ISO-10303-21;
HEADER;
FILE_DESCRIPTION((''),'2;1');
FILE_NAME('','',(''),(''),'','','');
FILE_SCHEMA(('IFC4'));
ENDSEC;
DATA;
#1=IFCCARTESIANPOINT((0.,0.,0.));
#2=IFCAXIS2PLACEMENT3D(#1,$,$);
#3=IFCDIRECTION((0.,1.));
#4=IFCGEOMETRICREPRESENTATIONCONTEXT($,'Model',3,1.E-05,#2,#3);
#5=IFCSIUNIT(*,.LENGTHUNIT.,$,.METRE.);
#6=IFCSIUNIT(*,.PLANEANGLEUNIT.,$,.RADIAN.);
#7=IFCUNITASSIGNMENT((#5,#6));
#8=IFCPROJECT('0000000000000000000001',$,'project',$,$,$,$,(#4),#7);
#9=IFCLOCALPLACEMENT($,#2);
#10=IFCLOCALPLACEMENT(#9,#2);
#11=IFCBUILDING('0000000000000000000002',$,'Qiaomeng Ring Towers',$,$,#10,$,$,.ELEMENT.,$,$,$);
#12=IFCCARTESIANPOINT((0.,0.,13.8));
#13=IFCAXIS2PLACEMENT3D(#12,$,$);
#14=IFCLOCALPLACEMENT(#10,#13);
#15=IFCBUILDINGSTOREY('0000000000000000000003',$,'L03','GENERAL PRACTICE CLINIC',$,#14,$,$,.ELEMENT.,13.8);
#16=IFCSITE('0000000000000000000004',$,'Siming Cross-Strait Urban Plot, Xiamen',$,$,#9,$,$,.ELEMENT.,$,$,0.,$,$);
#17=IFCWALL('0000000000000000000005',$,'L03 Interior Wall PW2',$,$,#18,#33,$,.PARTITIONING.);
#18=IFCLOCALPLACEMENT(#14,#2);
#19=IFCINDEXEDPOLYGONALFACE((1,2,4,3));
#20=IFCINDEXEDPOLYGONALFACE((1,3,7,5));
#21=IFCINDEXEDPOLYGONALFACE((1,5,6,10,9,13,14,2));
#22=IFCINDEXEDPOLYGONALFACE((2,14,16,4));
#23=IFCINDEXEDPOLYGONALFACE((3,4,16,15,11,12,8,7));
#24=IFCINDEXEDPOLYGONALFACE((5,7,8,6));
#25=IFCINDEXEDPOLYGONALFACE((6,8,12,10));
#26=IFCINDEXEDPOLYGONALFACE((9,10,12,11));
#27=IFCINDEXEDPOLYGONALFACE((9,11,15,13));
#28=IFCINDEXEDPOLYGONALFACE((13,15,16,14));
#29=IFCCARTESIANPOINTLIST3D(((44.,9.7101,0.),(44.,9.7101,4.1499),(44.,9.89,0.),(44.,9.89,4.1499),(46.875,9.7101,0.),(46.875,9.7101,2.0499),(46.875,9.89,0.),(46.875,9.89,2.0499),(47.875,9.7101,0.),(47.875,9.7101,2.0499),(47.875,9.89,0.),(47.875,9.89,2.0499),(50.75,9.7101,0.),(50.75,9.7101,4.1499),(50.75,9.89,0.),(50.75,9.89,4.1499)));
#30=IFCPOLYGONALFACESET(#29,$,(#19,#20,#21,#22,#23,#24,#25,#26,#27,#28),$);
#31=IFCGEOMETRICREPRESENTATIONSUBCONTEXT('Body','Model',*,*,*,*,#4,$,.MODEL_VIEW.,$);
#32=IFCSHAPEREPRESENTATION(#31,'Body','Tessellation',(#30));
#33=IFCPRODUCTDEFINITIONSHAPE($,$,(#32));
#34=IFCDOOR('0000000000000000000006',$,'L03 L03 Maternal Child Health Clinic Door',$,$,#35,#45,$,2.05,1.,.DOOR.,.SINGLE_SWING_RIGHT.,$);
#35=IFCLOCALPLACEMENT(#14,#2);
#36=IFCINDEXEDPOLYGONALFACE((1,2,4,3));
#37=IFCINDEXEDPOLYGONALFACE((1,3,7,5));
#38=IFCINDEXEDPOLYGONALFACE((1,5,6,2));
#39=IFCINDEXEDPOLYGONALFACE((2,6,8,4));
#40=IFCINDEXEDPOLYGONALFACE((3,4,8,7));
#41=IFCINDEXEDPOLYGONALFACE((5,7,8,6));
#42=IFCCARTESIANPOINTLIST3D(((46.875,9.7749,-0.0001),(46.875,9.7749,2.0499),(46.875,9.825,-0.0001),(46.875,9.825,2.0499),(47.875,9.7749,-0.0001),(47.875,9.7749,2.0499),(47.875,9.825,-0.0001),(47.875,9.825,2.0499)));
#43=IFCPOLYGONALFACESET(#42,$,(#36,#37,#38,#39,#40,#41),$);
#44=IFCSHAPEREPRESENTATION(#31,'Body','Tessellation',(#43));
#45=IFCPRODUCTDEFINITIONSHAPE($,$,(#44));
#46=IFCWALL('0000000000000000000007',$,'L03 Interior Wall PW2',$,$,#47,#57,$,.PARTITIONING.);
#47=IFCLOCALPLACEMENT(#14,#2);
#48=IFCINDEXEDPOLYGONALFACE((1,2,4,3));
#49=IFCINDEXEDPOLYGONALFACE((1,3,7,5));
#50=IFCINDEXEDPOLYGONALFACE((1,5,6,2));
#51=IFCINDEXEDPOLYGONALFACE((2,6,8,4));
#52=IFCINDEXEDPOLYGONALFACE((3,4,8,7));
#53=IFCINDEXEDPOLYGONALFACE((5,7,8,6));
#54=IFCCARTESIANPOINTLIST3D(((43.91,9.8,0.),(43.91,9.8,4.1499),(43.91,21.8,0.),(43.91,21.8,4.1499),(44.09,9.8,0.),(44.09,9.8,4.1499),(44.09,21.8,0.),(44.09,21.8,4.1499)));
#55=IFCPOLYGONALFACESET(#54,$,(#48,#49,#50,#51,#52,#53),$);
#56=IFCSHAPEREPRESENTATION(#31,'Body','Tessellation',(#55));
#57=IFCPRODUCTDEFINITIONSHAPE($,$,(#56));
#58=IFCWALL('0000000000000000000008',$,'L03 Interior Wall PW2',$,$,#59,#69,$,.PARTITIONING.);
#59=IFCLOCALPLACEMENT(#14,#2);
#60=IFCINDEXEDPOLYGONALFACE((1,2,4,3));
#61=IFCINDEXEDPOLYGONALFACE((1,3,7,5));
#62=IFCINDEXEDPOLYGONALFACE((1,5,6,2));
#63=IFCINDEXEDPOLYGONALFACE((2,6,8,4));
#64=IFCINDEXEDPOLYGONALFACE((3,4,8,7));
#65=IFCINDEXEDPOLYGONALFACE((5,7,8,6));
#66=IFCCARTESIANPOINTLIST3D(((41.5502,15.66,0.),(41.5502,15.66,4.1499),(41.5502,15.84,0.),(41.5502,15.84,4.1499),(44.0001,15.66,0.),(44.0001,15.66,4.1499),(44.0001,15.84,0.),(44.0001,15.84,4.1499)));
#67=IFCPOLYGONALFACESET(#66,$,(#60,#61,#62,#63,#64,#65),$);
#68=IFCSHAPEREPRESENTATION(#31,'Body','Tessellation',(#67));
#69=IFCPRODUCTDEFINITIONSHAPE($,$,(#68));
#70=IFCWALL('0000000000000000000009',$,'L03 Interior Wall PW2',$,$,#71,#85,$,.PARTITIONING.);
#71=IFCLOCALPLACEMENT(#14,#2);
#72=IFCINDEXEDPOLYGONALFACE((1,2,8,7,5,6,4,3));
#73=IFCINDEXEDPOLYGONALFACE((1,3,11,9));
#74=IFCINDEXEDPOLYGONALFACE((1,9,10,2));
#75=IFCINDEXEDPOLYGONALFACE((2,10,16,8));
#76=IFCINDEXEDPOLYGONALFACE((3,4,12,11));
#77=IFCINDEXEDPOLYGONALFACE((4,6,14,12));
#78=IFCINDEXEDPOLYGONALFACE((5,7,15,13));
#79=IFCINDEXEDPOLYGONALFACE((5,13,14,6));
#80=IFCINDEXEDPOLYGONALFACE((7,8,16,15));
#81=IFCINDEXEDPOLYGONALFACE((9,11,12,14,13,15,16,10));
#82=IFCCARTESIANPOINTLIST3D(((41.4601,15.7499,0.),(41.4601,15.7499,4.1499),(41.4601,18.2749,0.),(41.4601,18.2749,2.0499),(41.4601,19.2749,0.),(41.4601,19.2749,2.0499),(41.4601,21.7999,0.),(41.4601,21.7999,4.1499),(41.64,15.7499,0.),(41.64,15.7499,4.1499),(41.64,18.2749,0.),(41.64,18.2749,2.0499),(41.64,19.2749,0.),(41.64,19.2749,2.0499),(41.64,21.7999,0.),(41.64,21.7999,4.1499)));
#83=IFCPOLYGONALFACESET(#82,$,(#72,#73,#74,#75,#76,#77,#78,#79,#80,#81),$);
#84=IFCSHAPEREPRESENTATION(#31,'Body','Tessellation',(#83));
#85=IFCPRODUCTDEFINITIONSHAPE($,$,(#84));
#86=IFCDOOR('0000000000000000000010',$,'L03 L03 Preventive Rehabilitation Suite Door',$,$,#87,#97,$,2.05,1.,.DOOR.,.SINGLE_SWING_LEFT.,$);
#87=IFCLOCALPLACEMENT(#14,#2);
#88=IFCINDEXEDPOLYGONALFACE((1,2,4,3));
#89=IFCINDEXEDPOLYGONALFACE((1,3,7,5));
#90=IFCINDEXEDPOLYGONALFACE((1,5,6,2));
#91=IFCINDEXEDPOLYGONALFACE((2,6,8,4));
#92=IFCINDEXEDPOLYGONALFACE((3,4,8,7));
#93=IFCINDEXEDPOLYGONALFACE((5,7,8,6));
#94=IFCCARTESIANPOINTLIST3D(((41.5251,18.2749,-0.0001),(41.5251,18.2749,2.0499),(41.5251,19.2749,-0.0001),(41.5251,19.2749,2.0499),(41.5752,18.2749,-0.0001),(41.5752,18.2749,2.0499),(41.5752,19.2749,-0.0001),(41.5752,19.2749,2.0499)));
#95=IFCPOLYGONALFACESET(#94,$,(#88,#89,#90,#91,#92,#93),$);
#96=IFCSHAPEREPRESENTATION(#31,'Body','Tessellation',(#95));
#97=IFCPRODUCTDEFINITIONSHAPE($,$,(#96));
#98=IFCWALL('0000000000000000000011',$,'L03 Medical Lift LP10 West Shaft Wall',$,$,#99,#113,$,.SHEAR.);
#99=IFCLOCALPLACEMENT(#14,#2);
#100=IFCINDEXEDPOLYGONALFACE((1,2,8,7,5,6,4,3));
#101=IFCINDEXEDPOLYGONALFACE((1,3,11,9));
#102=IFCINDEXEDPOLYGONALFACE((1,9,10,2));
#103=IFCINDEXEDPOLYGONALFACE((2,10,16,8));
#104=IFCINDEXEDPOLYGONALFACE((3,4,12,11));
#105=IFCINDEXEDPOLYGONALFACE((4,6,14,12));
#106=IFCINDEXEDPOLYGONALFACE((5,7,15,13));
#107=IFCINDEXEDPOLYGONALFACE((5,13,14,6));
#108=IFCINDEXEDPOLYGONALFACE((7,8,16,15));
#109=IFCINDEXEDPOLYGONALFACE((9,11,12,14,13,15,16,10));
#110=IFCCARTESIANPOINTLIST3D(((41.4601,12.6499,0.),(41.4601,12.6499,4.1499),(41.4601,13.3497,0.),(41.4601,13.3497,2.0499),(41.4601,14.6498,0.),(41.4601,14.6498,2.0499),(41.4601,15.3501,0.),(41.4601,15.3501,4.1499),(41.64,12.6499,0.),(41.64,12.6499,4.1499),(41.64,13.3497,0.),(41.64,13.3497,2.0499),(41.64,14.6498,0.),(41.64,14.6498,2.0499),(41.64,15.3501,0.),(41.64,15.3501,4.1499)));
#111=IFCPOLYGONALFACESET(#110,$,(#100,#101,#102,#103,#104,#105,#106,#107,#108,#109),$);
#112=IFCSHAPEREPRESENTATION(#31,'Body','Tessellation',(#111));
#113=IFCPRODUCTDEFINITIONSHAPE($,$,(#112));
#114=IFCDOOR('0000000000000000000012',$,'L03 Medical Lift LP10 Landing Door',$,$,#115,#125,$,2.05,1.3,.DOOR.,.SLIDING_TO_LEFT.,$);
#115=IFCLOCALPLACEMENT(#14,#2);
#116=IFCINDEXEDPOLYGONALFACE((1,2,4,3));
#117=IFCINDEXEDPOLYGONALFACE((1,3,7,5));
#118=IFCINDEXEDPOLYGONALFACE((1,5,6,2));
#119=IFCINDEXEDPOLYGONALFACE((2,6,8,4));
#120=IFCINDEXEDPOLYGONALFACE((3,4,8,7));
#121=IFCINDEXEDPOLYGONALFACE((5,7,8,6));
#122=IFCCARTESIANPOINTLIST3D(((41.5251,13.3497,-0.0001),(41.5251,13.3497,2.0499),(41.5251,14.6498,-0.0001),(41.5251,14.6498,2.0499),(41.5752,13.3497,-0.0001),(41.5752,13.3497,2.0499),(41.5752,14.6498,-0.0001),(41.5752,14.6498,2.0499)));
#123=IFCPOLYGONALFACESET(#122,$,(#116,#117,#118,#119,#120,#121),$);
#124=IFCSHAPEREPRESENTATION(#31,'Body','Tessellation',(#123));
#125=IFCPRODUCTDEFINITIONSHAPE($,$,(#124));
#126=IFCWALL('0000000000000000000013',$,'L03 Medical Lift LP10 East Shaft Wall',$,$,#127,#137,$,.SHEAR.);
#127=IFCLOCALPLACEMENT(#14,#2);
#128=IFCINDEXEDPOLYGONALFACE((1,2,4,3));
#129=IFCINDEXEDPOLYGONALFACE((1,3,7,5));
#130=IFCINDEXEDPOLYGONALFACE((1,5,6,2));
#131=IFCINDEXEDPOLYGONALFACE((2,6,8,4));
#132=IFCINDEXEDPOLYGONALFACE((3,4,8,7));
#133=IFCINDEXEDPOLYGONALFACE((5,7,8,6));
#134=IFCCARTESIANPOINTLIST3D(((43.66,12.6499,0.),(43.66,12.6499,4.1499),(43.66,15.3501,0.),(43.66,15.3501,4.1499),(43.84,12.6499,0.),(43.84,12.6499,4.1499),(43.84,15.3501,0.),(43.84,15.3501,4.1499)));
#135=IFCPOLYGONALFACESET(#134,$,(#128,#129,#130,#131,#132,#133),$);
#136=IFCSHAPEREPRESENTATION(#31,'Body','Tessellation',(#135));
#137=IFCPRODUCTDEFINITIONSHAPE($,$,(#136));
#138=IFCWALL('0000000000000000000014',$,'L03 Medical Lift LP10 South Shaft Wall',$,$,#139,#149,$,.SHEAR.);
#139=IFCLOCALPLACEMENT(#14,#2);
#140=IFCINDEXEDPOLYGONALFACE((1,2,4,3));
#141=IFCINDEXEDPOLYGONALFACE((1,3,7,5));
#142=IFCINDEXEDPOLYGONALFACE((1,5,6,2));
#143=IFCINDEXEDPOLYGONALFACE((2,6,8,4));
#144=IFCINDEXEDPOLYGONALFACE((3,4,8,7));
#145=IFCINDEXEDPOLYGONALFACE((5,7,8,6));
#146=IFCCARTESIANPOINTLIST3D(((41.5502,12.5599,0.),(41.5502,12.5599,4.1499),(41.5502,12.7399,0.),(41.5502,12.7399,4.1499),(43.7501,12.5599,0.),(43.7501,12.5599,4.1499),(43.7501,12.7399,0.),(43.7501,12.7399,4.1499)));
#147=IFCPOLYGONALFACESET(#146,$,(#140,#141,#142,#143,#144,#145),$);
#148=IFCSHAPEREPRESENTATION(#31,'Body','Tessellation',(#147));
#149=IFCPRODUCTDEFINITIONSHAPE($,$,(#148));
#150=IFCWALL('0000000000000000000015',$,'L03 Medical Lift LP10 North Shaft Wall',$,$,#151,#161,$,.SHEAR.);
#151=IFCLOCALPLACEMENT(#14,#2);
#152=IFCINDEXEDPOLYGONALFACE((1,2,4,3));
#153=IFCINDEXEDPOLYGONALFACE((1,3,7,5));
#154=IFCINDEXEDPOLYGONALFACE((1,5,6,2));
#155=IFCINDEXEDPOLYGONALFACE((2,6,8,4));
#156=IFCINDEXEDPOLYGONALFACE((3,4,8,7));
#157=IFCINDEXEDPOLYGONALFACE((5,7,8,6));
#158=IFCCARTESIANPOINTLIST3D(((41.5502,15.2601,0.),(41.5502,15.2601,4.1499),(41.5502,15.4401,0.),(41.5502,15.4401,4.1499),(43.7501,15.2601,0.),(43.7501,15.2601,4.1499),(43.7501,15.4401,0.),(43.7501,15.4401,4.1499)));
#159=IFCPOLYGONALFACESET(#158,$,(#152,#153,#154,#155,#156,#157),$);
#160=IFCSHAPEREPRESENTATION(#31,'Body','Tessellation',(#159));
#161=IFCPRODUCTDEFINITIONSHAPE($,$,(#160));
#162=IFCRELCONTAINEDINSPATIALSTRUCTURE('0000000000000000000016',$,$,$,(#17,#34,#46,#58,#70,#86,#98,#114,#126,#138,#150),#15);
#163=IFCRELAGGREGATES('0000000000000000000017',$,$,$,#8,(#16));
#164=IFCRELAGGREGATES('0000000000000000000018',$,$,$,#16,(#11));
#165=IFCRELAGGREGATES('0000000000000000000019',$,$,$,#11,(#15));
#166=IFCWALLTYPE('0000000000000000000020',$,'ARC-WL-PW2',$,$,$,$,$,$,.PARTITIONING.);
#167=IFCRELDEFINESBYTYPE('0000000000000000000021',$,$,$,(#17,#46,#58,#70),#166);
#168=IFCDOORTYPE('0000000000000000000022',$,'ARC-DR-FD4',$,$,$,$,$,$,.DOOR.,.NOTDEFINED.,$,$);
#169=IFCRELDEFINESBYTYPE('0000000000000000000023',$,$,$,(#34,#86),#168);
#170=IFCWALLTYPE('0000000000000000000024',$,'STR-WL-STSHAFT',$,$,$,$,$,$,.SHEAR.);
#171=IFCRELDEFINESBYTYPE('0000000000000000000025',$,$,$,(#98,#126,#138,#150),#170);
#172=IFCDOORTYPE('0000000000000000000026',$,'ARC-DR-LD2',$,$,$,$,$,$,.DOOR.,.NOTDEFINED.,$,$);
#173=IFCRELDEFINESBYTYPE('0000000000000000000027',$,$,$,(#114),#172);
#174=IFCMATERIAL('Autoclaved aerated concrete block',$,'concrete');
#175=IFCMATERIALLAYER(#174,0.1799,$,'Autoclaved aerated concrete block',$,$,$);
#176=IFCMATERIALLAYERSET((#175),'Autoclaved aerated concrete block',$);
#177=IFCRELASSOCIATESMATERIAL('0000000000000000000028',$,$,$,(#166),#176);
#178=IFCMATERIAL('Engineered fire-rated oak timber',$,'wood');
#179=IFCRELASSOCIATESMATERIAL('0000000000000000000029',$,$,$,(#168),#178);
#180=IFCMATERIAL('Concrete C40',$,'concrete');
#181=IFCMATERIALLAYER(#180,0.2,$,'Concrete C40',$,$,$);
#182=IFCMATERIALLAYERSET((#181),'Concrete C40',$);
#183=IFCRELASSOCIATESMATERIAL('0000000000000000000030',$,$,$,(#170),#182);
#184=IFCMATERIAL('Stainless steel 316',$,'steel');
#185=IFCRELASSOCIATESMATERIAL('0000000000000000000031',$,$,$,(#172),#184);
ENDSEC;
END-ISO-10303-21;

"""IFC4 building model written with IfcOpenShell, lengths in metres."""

from ifc_helpers import new_model, si_unit, direction, frame, frame_2d, origin, place, context, subcontext, project, spatial, rectangle, extrude, source, transform, mapped, material, layer, layer_set, type_object, element, fill, save


model = new_model("IFC4")

# Units and contexts
model_context = context("Model", 3, precision=1e-05, world=origin(), true_north=direction((0.0, 1.0)))
body_context = subcontext(model_context, "Body", "Model", "MODEL_VIEW")
ifc_project = project(units=[si_unit("LENGTHUNIT", "METRE"), si_unit("PLANEANGLEUNIT", "RADIAN")], contexts=[model_context])

# Site, building, storey
site_placement = place(None, origin())
site = spatial("IfcSite", under=ifc_project, at=site_placement, Name="Siming Cross-Strait Urban Plot, Xiamen", CompositionType="ELEMENT", RefElevation=0.0)
building_placement = place(site_placement, origin())
building = spatial("IfcBuilding", under=site, at=building_placement, Name="Qiaomeng Ring Towers", CompositionType="ELEMENT")
storey_placement = place(building_placement, frame((0.0, 0.0, 13.8)))
storey = spatial("IfcBuildingStorey", under=building, at=storey_placement, Name="L03", Description="GENERAL PRACTICE CLINIC", CompositionType="ELEMENT", Elevation=13.8)

# Wall, opening, door
ifc_material_1 = material(Name="Autoclaved aerated concrete block", Category="concrete")
ifc_layer_1 = layer(ifc_material_1, 0.1799, Name="Autoclaved aerated concrete block")
ifc_layer_set_1 = layer_set([ifc_layer_1], Name="Autoclaved aerated concrete block")
wall_type_1 = type_object("IfcWallType", Name="ARC-WL-PW2", PredefinedType="PARTITIONING", material=ifc_layer_set_1)
wall_1_placement = place(storey_placement, frame((44.0, 9.8, 0.0), z_axis=(0.0, 0.0, 1.0), x_axis=(1.0, 0.0, 0.0)))
wall_1 = element("IfcWall", 1, at=wall_1_placement, inside=storey, type_object=wall_type_1, Name="L03 Interior Wall PW2", PredefinedType="PARTITIONING", context=body_context, shape_type="SweptSolid", body=[
    extrude(rectangle(XDim=6.75, YDim=0.1799, at=frame_2d((3.375, 0.0))), origin(), (0.0, 0.0, 1.0), 4.1499),
])
opening_1_placement = place(wall_1_placement, frame((2.875, 0.0, 0.0)))
opening_1 = element("IfcOpeningElement", 2, at=opening_1_placement, cuts=wall_1, PredefinedType="OPENING", context=body_context, shape_type="SweptSolid", body=[
    extrude(rectangle(XDim=1.0, YDim=2.05, at=frame_2d((0.5, 1.0249))), frame((0.0, 0.0999, 0.0), z_axis=(0.0, -1.0, 0.0), x_axis=(1.0, 0.0, 0.0)), (0.0, 0.0, 1.0), 0.2),
])
ifc_material_2 = material(Name="Engineered fire-rated oak timber", Category="wood")
door_type_1 = type_object("IfcDoorType", Name="ARC-DR-FD4", OperationType="NOTDEFINED", PredefinedType="DOOR", material=ifc_material_2)
shared_shape_1 = source(origin(), body_context, "Body", "SweptSolid", [
    extrude(rectangle(XDim=1.0, YDim=2.05, at=frame_2d((0.5, 1.0249))), frame((0.0, 0.0249, 0.0), z_axis=(0.0, -1.0, 0.0), x_axis=(1.0, 0.0, 0.0)), (0.0, 0.0, 1.0), 0.05),
])
door_1_placement = place(opening_1_placement, origin())
door_1 = element("IfcDoor", 3, at=door_1_placement, inside=storey, type_object=door_type_1, Name="L03 L03 Maternal Child Health Clinic Door", OperationType="SINGLE_SWING_RIGHT", OverallHeight=2.05, OverallWidth=1.0, PredefinedType="DOOR", context=body_context, shape_type="MappedRepresentation", body=[
    mapped(shared_shape_1, transform((0.0, 0.0, 0.0), x_axis=(1.0, 0.0, 0.0), y_axis=(0.0, 1.0, 0.0), z_axis=(0.0, 0.0, 1.0), scale=1.0)),
])
fill(opening_1, door_1)

# Walls
wall_2_placement = place(storey_placement, frame((44.0, 9.8, 0.0), z_axis=(0.0, 0.0, 1.0), x_axis=(0.0, 1.0, 0.0)))
element("IfcWall", 4, at=wall_2_placement, inside=storey, type_object=wall_type_1, Name="L03 Interior Wall PW2", PredefinedType="PARTITIONING", context=body_context, shape_type="SweptSolid", body=[
    extrude(rectangle(XDim=12.0, YDim=0.1799, at=frame_2d((6.0, 0.0))), origin(), (0.0, 0.0, 1.0), 4.1499),
])
wall_3_placement = place(storey_placement, frame((41.55, 15.75, 0.0), z_axis=(0.0, 0.0, 1.0), x_axis=(1.0, 0.0, 0.0)))
element("IfcWall", 5, at=wall_3_placement, inside=storey, type_object=wall_type_1, Name="L03 Interior Wall PW2", PredefinedType="PARTITIONING", context=body_context, shape_type="SweptSolid", body=[
    extrude(rectangle(XDim=2.45, YDim=0.1799, at=frame_2d((1.2251, 0.0))), origin(), (0.0, 0.0, 1.0), 4.1499),
])

# Walls, openings, doors
wall_4_placement = place(storey_placement, frame((41.55, 15.75, 0.0), z_axis=(0.0, 0.0, 1.0), x_axis=(0.0, 1.0, 0.0)))
wall_4 = element("IfcWall", 6, at=wall_4_placement, inside=storey, type_object=wall_type_1, Name="L03 Interior Wall PW2", PredefinedType="PARTITIONING", context=body_context, shape_type="SweptSolid", body=[
    extrude(rectangle(XDim=6.05, YDim=0.1799, at=frame_2d((3.0249, 0.0))), origin(), (0.0, 0.0, 1.0), 4.1499),
])
opening_2_placement = place(wall_4_placement, frame((2.5249, 0.0, 0.0)))
opening_2 = element("IfcOpeningElement", 7, at=opening_2_placement, cuts=wall_4, PredefinedType="OPENING", context=body_context, shape_type="SweptSolid", body=[
    extrude(rectangle(XDim=1.0, YDim=2.05, at=frame_2d((0.5, 1.0249))), frame((0.0, 0.0999, 0.0), z_axis=(0.0, -1.0, 0.0), x_axis=(1.0, 0.0, 0.0)), (0.0, 0.0, 1.0), 0.2),
])
door_2_placement = place(opening_2_placement, origin())
door_2 = element("IfcDoor", 8, at=door_2_placement, inside=storey, type_object=door_type_1, Name="L03 L03 Preventive Rehabilitation Suite Door", OperationType="SINGLE_SWING_LEFT", OverallHeight=2.05, OverallWidth=1.0, PredefinedType="DOOR", context=body_context, shape_type="MappedRepresentation", body=[
    mapped(shared_shape_1, transform((0.0, 0.0, 0.0), x_axis=(1.0, 0.0, 0.0), y_axis=(0.0, 1.0, 0.0), z_axis=(0.0, 0.0, 1.0), scale=1.0)),
])
fill(opening_2, door_2)
ifc_material_3 = material(Name="Concrete C40", Category="concrete")
ifc_layer_2 = layer(ifc_material_3, 0.2, Name="Concrete C40")
ifc_layer_set_2 = layer_set([ifc_layer_2], Name="Concrete C40")
wall_type_2 = type_object("IfcWallType", Name="STR-WL-STSHAFT", PredefinedType="SHEAR", material=ifc_layer_set_2)
wall_5_placement = place(storey_placement, frame((41.55, 12.6499, 0.0), z_axis=(0.0, 0.0, 1.0), x_axis=(0.0, 1.0, 0.0)))
wall_5 = element("IfcWall", 9, at=wall_5_placement, inside=storey, type_object=wall_type_2, Name="L03 Medical Lift LP10 West Shaft Wall", PredefinedType="SHEAR", context=body_context, shape_type="SweptSolid", body=[
    extrude(rectangle(XDim=2.7002, YDim=0.1799, at=frame_2d((1.3501, 0.0))), origin(), (0.0, 0.0, 1.0), 4.1499),
])
opening_3_placement = place(wall_5_placement, frame((0.7, 0.0, 0.0)))
opening_3 = element("IfcOpeningElement", 10, at=opening_3_placement, cuts=wall_5, PredefinedType="OPENING", context=body_context, shape_type="SweptSolid", body=[
    extrude(rectangle(XDim=1.3, YDim=2.05, at=frame_2d((0.6499, 1.0249))), frame((0.0, 0.0999, 0.0), z_axis=(0.0, -1.0, 0.0), x_axis=(1.0, 0.0, 0.0)), (0.0, 0.0, 1.0), 0.2),
])
ifc_material_4 = material(Name="Stainless steel 316", Category="steel")
door_type_2 = type_object("IfcDoorType", Name="ARC-DR-LD2", OperationType="NOTDEFINED", PredefinedType="DOOR", material=ifc_material_4)
shared_shape_2 = source(origin(), body_context, "Body", "SweptSolid", [
    extrude(rectangle(XDim=1.3, YDim=2.05, at=frame_2d((0.6499, 1.0249))), frame((0.0, 0.0249, 0.0), z_axis=(0.0, -1.0, 0.0), x_axis=(1.0, 0.0, 0.0)), (0.0, 0.0, 1.0), 0.05),
])
door_3_placement = place(opening_3_placement, origin())
door_3 = element("IfcDoor", 11, at=door_3_placement, inside=storey, type_object=door_type_2, Name="L03 Medical Lift LP10 Landing Door", OperationType="SLIDING_TO_LEFT", OverallHeight=2.05, OverallWidth=1.3, PredefinedType="DOOR", context=body_context, shape_type="MappedRepresentation", body=[
    mapped(shared_shape_2, transform((0.0, 0.0, 0.0), x_axis=(1.0, 0.0, 0.0), y_axis=(0.0, 1.0, 0.0), z_axis=(0.0, 0.0, 1.0), scale=1.0)),
])
fill(opening_3, door_3)

# Walls
wall_6_placement = place(storey_placement, frame((43.75, 12.6499, 0.0), z_axis=(0.0, 0.0, 1.0), x_axis=(0.0, 1.0, 0.0)))
element("IfcWall", 12, at=wall_6_placement, inside=storey, type_object=wall_type_2, Name="L03 Medical Lift LP10 East Shaft Wall", PredefinedType="SHEAR", context=body_context, shape_type="SweptSolid", body=[
    extrude(rectangle(XDim=2.7002, YDim=0.1799, at=frame_2d((1.3501, 0.0))), origin(), (0.0, 0.0, 1.0), 4.1499),
])
for number, where, z_axis, x_axis, name in (
    (13, (41.55, 12.6499, 0.0), (0.0, 0.0, 1.0), (1.0, 0.0, 0.0), "L03 Medical Lift LP10 South Shaft Wall"),
    (14, (41.55, 15.3501, 0.0), (0.0, 0.0, 1.0), (1.0, 0.0, 0.0), "L03 Medical Lift LP10 North Shaft Wall"),
):
    element("IfcWall", number, at=place(storey_placement, frame(where, z_axis=z_axis, x_axis=x_axis)), inside=storey, type_object=wall_type_2, Name=name, PredefinedType="SHEAR", context=body_context, shape_type="SweptSolid", body=[
        extrude(rectangle(XDim=2.2, YDim=0.1799, at=frame_2d((1.1001, 0.0))), origin(), (0.0, 0.0, 1.0), 4.1499),
    ])

save(model, "model.ifc")
